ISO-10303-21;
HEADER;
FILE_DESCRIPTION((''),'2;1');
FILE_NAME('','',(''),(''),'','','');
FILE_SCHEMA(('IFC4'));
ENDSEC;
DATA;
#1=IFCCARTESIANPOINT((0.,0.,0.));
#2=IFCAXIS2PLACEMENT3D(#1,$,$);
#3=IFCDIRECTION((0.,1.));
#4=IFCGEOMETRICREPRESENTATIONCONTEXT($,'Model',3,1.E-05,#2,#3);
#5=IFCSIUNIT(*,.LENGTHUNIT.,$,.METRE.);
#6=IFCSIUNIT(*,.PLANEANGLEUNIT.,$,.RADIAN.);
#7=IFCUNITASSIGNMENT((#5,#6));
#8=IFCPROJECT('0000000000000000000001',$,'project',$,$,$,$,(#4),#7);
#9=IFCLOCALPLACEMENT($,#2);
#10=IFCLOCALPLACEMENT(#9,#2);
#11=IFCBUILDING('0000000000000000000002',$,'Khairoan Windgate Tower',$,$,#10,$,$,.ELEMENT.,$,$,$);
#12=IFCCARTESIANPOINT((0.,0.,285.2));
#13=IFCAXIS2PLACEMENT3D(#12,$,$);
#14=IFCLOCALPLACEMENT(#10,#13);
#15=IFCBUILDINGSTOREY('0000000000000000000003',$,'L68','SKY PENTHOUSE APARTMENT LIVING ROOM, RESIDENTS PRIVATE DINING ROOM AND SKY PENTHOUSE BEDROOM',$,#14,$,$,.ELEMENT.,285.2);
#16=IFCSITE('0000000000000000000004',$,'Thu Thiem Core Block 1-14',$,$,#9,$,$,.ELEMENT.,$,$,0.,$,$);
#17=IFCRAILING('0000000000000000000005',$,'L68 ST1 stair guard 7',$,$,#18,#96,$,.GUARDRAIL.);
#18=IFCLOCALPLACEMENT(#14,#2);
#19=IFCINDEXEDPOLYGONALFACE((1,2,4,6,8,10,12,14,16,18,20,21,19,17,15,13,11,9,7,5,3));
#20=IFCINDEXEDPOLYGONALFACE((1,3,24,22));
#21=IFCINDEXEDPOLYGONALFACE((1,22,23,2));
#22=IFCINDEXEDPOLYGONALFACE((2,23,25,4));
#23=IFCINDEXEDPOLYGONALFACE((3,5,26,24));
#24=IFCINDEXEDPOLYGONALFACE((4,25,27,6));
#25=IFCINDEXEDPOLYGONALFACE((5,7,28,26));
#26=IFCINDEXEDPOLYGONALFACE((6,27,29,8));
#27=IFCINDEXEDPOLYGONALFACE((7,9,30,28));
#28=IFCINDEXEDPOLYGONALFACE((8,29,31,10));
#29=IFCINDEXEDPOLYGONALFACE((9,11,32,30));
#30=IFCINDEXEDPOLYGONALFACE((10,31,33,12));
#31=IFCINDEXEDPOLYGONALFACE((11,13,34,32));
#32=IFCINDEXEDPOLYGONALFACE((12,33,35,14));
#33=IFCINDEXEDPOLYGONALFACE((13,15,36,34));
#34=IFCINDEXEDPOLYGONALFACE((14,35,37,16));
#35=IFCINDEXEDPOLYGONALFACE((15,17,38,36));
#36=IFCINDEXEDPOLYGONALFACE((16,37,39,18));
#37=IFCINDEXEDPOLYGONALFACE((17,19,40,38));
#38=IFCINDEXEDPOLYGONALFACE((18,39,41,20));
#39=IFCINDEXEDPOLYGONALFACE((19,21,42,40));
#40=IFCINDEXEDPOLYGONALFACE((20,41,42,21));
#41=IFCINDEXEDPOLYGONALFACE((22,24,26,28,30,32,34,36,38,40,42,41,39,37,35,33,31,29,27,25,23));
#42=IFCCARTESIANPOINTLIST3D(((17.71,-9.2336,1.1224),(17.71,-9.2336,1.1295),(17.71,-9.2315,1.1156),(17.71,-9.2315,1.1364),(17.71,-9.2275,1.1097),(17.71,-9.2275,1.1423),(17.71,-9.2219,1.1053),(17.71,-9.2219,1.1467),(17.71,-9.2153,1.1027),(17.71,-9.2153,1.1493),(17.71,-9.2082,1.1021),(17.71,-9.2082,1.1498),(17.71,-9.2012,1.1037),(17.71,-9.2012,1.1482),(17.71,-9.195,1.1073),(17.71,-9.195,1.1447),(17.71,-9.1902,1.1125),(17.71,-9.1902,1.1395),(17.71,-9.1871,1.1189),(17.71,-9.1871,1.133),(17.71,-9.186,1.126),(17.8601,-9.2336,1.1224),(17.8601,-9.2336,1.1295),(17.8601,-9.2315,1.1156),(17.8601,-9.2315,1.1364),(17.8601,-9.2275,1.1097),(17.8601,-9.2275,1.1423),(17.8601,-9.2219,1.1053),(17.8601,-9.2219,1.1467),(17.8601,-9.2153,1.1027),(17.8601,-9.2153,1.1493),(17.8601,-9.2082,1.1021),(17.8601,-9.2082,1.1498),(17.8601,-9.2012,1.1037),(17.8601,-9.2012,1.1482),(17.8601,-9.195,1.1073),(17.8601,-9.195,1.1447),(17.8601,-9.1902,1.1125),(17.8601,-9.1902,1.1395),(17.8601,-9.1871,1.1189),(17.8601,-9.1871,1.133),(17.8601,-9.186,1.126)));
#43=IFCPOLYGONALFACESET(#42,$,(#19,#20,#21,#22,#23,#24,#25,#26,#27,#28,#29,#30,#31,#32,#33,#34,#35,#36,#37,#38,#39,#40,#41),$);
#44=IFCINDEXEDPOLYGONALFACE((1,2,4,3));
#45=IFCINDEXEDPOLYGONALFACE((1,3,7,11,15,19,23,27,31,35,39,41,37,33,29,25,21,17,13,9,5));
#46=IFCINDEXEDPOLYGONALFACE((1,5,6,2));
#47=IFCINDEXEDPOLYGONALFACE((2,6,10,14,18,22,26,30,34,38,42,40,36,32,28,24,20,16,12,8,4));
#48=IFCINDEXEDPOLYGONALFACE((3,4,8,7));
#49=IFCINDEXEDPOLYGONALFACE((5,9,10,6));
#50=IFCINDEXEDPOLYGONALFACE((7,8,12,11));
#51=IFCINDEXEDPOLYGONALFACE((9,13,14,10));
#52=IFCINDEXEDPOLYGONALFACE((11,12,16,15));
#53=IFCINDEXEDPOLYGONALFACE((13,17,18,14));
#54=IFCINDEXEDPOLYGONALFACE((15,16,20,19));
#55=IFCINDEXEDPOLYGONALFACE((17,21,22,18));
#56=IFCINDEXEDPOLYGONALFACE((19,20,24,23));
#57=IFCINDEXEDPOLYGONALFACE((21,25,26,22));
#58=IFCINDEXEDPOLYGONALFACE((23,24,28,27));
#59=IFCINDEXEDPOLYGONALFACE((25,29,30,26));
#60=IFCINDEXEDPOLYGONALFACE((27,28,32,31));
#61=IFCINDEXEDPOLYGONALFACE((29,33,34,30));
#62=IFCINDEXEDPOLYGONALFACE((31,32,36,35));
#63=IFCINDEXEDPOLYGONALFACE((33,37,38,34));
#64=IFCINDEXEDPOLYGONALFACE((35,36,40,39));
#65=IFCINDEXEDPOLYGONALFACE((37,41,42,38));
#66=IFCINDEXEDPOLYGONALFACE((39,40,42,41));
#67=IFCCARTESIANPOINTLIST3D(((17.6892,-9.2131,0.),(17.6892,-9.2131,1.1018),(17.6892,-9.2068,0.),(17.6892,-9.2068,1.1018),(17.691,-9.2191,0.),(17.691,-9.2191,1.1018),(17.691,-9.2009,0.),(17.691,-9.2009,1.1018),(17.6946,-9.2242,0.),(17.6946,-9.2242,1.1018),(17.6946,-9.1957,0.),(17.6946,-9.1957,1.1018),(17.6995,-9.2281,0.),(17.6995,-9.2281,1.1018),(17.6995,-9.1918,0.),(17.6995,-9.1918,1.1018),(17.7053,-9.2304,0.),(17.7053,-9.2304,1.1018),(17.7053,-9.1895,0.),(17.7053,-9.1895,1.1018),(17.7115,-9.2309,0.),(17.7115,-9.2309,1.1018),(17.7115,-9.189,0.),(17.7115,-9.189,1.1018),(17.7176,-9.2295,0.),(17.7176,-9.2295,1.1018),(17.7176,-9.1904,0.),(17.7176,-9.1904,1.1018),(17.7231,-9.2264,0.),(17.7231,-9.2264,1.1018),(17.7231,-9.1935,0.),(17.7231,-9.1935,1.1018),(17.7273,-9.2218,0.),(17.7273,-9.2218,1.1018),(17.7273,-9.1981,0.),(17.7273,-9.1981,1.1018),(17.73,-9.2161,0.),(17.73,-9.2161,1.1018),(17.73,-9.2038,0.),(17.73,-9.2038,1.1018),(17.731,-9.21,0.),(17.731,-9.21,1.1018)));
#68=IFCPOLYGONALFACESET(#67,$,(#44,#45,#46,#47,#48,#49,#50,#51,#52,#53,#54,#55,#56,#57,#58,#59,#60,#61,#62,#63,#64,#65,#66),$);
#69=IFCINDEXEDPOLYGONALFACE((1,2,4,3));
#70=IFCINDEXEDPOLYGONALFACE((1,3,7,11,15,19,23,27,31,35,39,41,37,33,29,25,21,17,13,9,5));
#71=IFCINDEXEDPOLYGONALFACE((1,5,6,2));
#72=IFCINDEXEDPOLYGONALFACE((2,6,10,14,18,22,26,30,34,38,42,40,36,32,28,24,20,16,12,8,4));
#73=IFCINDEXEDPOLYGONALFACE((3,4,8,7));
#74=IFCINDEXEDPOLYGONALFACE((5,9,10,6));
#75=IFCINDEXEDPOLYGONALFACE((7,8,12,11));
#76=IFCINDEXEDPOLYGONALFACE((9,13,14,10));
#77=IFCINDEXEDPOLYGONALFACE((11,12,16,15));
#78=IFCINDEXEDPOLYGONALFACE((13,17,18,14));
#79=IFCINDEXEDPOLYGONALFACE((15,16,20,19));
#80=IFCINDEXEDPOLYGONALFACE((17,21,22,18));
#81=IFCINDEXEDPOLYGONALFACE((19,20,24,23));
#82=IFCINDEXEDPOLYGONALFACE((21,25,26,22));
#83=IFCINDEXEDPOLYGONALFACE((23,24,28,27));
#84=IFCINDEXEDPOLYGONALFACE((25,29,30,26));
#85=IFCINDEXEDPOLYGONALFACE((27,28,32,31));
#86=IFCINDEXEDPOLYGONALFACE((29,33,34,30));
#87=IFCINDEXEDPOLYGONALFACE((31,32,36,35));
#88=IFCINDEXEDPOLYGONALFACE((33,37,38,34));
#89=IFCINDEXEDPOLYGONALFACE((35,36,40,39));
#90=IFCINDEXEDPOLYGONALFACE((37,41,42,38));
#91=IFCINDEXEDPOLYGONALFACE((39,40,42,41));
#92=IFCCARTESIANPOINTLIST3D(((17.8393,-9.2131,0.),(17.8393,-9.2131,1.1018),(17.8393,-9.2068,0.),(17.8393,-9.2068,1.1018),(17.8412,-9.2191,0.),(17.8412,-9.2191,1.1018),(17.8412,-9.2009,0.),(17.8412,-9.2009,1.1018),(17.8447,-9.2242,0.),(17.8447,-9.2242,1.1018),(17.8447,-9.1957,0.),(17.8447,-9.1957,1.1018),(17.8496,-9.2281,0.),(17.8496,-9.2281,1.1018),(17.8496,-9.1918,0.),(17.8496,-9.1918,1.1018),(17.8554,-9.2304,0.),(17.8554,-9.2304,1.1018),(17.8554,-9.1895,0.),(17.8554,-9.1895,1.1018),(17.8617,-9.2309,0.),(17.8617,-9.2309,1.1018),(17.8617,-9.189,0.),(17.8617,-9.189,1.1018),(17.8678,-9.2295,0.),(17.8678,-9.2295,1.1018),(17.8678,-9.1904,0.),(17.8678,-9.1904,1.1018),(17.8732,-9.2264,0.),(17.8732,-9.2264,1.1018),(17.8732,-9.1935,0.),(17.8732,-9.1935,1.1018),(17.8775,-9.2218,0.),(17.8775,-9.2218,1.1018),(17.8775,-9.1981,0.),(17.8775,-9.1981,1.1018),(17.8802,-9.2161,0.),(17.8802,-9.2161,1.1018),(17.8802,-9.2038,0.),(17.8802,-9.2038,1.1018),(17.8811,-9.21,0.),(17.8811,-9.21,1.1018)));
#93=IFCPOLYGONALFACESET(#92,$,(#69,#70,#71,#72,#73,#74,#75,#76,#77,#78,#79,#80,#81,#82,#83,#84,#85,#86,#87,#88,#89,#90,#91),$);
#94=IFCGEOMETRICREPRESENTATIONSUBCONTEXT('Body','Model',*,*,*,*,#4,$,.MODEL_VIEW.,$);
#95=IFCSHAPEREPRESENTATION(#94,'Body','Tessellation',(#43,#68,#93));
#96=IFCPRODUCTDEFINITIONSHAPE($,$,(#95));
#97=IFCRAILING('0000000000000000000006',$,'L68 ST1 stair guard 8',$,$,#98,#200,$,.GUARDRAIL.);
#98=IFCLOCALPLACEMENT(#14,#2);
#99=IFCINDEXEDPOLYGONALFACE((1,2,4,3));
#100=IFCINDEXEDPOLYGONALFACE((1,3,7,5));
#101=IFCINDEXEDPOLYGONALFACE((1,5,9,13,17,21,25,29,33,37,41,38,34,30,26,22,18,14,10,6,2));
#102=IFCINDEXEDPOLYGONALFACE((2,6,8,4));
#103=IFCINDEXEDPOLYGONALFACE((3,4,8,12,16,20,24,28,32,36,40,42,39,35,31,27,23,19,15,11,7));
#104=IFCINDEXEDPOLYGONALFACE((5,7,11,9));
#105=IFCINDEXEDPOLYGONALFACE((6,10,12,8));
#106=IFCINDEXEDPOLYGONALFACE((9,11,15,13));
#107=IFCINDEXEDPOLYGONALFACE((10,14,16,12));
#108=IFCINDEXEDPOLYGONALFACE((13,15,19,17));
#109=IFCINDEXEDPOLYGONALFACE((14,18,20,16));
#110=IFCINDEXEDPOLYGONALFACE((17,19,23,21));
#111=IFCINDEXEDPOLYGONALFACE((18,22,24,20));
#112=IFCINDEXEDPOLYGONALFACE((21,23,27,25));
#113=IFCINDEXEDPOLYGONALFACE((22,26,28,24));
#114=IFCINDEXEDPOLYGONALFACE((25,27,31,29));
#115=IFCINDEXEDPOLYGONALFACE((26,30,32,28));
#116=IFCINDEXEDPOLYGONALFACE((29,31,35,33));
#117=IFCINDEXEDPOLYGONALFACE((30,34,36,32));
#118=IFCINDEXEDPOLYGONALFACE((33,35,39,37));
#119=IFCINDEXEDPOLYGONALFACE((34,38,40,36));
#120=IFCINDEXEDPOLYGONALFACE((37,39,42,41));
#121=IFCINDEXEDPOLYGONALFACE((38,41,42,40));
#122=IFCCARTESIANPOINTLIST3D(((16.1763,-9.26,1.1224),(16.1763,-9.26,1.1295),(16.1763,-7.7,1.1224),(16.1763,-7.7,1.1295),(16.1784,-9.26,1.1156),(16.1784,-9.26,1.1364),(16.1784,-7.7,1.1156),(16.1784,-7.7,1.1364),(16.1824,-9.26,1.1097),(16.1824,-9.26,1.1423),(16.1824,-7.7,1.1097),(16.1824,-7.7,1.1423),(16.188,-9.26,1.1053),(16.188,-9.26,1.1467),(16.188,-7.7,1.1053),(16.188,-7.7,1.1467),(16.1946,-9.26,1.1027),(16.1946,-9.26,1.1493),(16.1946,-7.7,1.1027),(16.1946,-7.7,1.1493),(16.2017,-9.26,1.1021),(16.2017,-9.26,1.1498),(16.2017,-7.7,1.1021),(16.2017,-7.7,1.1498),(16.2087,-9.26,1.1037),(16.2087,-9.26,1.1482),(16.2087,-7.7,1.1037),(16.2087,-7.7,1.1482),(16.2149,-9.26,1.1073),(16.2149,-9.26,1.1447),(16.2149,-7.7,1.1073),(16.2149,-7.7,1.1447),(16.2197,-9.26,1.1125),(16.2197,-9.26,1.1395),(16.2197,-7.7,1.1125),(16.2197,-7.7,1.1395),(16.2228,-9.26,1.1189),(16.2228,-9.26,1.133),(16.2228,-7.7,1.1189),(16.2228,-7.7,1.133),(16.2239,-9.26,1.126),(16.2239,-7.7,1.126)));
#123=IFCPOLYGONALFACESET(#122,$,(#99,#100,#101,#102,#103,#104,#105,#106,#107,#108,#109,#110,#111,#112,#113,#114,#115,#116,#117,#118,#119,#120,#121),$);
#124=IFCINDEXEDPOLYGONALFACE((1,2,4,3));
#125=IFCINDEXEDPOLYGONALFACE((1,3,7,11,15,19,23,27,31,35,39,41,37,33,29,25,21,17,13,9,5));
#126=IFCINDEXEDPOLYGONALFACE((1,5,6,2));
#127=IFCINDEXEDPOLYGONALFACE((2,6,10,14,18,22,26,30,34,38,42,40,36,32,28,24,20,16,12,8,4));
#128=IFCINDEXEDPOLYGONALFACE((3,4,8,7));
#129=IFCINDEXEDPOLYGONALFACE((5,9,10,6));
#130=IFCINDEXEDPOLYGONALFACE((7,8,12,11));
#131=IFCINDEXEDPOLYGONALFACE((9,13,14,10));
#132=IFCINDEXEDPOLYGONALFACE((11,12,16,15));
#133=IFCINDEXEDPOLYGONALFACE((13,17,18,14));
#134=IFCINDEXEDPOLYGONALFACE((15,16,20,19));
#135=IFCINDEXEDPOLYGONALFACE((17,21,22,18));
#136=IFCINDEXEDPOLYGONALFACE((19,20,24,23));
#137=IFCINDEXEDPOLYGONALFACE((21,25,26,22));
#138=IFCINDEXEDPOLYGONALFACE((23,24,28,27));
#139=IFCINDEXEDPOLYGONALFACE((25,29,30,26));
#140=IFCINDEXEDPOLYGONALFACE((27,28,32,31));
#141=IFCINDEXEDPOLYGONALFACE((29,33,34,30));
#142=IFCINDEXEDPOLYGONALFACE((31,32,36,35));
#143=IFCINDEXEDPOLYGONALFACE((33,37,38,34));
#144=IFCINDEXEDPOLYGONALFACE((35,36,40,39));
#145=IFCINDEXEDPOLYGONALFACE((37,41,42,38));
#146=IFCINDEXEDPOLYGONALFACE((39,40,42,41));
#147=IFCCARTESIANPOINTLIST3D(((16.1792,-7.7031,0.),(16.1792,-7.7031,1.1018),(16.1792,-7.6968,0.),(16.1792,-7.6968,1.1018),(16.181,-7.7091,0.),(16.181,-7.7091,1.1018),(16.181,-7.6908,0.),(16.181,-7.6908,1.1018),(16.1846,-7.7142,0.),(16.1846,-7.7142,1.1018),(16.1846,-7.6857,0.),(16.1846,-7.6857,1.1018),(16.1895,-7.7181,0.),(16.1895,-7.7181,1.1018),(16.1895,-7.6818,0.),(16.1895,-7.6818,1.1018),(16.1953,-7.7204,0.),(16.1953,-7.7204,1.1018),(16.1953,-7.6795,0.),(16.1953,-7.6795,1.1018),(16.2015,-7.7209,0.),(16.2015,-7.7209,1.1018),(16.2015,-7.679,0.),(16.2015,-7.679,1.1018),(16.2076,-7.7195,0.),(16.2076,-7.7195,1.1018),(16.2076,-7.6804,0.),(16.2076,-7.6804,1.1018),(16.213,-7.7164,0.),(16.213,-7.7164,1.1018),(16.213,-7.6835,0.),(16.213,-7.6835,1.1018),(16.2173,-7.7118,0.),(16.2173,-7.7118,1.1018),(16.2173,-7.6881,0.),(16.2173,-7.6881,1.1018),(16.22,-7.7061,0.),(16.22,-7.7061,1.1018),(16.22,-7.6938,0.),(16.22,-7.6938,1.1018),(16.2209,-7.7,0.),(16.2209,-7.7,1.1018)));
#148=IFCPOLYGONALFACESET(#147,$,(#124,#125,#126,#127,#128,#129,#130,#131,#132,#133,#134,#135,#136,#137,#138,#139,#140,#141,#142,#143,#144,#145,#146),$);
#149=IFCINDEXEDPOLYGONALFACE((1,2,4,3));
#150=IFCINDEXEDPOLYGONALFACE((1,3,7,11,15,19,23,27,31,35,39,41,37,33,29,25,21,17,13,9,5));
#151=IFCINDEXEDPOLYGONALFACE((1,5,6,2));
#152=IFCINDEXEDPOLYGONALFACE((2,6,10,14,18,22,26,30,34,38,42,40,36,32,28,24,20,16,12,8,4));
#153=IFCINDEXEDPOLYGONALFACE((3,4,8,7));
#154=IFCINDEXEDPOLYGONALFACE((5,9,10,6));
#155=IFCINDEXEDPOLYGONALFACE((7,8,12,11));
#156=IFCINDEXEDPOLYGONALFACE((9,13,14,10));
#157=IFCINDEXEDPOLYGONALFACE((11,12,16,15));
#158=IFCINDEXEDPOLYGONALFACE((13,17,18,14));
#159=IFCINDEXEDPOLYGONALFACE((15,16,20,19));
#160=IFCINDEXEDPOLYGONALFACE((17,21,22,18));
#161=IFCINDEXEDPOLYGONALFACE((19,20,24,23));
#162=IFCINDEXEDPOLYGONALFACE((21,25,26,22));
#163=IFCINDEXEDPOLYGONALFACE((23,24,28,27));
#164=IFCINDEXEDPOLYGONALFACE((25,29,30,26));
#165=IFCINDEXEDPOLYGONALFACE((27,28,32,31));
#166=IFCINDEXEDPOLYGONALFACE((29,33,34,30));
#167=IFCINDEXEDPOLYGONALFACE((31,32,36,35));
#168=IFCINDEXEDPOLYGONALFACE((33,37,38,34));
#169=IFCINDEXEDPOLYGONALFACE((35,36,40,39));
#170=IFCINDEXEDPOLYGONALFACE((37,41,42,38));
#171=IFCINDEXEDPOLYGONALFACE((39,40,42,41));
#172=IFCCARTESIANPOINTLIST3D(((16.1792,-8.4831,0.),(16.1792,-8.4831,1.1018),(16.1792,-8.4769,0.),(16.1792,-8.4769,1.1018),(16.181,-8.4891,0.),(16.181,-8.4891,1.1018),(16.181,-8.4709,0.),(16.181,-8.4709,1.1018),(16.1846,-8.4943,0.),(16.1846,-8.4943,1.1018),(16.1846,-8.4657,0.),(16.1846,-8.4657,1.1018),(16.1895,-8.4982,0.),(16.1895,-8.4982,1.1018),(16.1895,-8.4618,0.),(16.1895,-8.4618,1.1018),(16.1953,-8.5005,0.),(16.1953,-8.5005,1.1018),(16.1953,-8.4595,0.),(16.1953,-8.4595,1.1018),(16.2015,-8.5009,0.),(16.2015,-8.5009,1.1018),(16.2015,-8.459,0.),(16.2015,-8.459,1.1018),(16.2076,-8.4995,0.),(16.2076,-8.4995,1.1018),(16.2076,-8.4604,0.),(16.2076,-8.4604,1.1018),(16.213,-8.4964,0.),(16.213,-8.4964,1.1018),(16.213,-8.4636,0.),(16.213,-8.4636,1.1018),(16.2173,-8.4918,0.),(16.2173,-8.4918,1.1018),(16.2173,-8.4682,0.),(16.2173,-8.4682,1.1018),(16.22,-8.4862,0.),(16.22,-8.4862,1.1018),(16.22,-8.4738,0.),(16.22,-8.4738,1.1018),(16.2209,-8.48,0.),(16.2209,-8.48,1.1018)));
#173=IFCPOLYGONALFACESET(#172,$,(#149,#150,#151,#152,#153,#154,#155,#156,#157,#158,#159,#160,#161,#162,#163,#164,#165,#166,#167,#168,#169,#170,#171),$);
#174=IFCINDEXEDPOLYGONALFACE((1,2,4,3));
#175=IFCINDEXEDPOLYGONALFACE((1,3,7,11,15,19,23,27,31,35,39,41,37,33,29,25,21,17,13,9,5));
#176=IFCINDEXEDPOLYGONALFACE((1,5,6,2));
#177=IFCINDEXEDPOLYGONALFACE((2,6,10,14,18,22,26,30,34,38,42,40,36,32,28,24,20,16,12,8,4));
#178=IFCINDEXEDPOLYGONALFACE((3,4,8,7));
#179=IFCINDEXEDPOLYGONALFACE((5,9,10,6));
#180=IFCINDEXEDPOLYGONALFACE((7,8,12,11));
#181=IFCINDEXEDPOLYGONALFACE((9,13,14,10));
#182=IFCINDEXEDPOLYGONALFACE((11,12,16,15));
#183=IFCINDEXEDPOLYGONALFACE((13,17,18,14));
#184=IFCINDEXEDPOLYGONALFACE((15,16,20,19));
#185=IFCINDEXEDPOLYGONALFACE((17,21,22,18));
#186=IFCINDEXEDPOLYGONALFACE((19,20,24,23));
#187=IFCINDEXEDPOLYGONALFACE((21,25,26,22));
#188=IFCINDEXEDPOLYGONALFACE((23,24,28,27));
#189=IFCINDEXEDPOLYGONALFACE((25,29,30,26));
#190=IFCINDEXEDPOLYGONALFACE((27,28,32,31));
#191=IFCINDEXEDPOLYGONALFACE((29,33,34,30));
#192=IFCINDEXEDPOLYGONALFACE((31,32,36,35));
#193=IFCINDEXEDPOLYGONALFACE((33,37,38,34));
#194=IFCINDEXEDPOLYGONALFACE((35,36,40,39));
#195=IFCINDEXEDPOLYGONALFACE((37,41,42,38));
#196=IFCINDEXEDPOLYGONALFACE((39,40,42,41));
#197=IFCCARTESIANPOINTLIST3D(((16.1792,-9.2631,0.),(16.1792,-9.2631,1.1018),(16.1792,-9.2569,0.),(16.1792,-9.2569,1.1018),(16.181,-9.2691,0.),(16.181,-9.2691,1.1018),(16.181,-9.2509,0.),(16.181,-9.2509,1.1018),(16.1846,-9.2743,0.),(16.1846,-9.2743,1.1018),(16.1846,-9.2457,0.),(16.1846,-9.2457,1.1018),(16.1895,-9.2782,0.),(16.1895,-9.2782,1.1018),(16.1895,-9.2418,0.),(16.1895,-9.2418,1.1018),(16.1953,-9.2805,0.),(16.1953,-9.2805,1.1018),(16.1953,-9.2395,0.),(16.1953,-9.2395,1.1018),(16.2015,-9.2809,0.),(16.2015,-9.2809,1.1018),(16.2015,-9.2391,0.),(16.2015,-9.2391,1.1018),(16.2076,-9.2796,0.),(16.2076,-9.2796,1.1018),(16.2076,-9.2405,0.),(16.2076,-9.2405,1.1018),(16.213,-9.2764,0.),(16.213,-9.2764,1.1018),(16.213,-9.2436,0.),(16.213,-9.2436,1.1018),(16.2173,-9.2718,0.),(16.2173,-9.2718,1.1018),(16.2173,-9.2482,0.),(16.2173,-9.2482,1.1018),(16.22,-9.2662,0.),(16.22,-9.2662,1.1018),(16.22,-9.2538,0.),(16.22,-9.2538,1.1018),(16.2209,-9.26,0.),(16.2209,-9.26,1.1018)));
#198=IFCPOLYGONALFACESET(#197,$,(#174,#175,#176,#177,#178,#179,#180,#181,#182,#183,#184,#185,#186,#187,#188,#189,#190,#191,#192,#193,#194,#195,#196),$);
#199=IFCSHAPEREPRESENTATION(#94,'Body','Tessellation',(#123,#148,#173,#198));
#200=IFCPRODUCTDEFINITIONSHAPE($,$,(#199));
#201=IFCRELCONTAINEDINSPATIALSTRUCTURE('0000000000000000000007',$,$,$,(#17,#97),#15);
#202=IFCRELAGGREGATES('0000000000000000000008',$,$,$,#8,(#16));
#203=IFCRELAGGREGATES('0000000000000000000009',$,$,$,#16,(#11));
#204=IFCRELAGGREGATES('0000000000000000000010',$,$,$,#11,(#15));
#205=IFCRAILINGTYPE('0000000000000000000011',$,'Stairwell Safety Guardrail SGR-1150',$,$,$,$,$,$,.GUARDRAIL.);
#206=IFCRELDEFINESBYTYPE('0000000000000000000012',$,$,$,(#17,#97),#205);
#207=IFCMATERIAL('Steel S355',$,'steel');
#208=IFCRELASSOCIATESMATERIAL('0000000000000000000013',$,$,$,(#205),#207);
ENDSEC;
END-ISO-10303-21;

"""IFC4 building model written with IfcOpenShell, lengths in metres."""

from ifc_helpers import new_model, si_unit, direction, frame, origin, origin_2d, place, context, subcontext, project, spatial, circle, extrude, material, type_object, element, save


model = new_model("IFC4")

# Units and contexts
model_context = context("Model", 3, precision=1e-05, world=origin(), true_north=direction((0.0, 1.0)))
body_context = subcontext(model_context, "Body", "Model", "MODEL_VIEW")
ifc_project = project(units=[si_unit("LENGTHUNIT", "METRE"), si_unit("PLANEANGLEUNIT", "RADIAN")], contexts=[model_context])

# Site, building, storey
site_placement = place(None, origin())
site = spatial("IfcSite", under=ifc_project, at=site_placement, Name="Thu Thiem Core Block 1-14", CompositionType="ELEMENT", RefElevation=0.0)
building_placement = place(site_placement, origin())
building = spatial("IfcBuilding", under=site, at=building_placement, Name="Khairoan Windgate Tower", CompositionType="ELEMENT")
storey_placement = place(building_placement, frame((0.0, 0.0, 285.2)))
storey = spatial("IfcBuildingStorey", under=building, at=storey_placement, Name="L68", Description="SKY PENTHOUSE APARTMENT LIVING ROOM, RESIDENTS PRIVATE DINING ROOM AND SKY PENTHOUSE BEDROOM", CompositionType="ELEMENT", Elevation=285.2)

# Railings
ifc_material_1 = material(Name="Steel S355", Category="steel")
railing_type_1 = type_object("IfcRailingType", Name="Stairwell Safety Guardrail SGR-1150", PredefinedType="GUARDRAIL", material=ifc_material_1)
railing_1_placement = place(storey_placement, frame((17.71, -9.21, 0.0)))
element("IfcRailing", 1, at=railing_1_placement, inside=storey, type_object=railing_type_1, Name="L68 ST1 stair guard 7", PredefinedType="GUARDRAIL", context=body_context, shape_type="SweptSolid", body=[
    extrude(circle(Radius=0.0239, at=origin_2d()), frame((0.0, 0.0, 1.126), z_axis=(1.0, 0.0, 0.0), x_axis=(0.0, 1.0, 0.0)), (0.0, 0.0, 1.0), 0.1501),
    extrude(circle(Radius=0.021, at=origin_2d()), origin(), (0.0, 0.0, 1.0), 1.1018),
    extrude(circle(Radius=0.021, at=origin_2d()), frame((0.1501, 0.0, 0.0)), (0.0, 0.0, 1.0), 1.1018),
])
for number, where, name in (
    (2, (16.2, -7.7, 0.0), "L68 ST1 stair guard 8"),
):
    element("IfcRailing", number, at=place(storey_placement, frame(where)), inside=storey, type_object=railing_type_1, Name=name, PredefinedType="GUARDRAIL", context=body_context, shape_type="SweptSolid", body=[
        extrude(circle(Radius=0.0239, at=origin_2d()), frame((0.0, 0.0, 1.126), z_axis=(0.0, -1.0, 0.0), x_axis=(1.0, 0.0, 0.0)), (0.0, 0.0, 1.0), 1.5601),
        extrude(circle(Radius=0.021, at=origin_2d()), origin(), (0.0, 0.0, 1.0), 1.1018),
        extrude(circle(Radius=0.021, at=origin_2d()), frame((0.0, -0.78, 0.0)), (0.0, 0.0, 1.0), 1.1018),
        extrude(circle(Radius=0.021, at=origin_2d()), frame((0.0, -1.5601, 0.0)), (0.0, 0.0, 1.0), 1.1018),
    ])

save(model, "model.ifc")
